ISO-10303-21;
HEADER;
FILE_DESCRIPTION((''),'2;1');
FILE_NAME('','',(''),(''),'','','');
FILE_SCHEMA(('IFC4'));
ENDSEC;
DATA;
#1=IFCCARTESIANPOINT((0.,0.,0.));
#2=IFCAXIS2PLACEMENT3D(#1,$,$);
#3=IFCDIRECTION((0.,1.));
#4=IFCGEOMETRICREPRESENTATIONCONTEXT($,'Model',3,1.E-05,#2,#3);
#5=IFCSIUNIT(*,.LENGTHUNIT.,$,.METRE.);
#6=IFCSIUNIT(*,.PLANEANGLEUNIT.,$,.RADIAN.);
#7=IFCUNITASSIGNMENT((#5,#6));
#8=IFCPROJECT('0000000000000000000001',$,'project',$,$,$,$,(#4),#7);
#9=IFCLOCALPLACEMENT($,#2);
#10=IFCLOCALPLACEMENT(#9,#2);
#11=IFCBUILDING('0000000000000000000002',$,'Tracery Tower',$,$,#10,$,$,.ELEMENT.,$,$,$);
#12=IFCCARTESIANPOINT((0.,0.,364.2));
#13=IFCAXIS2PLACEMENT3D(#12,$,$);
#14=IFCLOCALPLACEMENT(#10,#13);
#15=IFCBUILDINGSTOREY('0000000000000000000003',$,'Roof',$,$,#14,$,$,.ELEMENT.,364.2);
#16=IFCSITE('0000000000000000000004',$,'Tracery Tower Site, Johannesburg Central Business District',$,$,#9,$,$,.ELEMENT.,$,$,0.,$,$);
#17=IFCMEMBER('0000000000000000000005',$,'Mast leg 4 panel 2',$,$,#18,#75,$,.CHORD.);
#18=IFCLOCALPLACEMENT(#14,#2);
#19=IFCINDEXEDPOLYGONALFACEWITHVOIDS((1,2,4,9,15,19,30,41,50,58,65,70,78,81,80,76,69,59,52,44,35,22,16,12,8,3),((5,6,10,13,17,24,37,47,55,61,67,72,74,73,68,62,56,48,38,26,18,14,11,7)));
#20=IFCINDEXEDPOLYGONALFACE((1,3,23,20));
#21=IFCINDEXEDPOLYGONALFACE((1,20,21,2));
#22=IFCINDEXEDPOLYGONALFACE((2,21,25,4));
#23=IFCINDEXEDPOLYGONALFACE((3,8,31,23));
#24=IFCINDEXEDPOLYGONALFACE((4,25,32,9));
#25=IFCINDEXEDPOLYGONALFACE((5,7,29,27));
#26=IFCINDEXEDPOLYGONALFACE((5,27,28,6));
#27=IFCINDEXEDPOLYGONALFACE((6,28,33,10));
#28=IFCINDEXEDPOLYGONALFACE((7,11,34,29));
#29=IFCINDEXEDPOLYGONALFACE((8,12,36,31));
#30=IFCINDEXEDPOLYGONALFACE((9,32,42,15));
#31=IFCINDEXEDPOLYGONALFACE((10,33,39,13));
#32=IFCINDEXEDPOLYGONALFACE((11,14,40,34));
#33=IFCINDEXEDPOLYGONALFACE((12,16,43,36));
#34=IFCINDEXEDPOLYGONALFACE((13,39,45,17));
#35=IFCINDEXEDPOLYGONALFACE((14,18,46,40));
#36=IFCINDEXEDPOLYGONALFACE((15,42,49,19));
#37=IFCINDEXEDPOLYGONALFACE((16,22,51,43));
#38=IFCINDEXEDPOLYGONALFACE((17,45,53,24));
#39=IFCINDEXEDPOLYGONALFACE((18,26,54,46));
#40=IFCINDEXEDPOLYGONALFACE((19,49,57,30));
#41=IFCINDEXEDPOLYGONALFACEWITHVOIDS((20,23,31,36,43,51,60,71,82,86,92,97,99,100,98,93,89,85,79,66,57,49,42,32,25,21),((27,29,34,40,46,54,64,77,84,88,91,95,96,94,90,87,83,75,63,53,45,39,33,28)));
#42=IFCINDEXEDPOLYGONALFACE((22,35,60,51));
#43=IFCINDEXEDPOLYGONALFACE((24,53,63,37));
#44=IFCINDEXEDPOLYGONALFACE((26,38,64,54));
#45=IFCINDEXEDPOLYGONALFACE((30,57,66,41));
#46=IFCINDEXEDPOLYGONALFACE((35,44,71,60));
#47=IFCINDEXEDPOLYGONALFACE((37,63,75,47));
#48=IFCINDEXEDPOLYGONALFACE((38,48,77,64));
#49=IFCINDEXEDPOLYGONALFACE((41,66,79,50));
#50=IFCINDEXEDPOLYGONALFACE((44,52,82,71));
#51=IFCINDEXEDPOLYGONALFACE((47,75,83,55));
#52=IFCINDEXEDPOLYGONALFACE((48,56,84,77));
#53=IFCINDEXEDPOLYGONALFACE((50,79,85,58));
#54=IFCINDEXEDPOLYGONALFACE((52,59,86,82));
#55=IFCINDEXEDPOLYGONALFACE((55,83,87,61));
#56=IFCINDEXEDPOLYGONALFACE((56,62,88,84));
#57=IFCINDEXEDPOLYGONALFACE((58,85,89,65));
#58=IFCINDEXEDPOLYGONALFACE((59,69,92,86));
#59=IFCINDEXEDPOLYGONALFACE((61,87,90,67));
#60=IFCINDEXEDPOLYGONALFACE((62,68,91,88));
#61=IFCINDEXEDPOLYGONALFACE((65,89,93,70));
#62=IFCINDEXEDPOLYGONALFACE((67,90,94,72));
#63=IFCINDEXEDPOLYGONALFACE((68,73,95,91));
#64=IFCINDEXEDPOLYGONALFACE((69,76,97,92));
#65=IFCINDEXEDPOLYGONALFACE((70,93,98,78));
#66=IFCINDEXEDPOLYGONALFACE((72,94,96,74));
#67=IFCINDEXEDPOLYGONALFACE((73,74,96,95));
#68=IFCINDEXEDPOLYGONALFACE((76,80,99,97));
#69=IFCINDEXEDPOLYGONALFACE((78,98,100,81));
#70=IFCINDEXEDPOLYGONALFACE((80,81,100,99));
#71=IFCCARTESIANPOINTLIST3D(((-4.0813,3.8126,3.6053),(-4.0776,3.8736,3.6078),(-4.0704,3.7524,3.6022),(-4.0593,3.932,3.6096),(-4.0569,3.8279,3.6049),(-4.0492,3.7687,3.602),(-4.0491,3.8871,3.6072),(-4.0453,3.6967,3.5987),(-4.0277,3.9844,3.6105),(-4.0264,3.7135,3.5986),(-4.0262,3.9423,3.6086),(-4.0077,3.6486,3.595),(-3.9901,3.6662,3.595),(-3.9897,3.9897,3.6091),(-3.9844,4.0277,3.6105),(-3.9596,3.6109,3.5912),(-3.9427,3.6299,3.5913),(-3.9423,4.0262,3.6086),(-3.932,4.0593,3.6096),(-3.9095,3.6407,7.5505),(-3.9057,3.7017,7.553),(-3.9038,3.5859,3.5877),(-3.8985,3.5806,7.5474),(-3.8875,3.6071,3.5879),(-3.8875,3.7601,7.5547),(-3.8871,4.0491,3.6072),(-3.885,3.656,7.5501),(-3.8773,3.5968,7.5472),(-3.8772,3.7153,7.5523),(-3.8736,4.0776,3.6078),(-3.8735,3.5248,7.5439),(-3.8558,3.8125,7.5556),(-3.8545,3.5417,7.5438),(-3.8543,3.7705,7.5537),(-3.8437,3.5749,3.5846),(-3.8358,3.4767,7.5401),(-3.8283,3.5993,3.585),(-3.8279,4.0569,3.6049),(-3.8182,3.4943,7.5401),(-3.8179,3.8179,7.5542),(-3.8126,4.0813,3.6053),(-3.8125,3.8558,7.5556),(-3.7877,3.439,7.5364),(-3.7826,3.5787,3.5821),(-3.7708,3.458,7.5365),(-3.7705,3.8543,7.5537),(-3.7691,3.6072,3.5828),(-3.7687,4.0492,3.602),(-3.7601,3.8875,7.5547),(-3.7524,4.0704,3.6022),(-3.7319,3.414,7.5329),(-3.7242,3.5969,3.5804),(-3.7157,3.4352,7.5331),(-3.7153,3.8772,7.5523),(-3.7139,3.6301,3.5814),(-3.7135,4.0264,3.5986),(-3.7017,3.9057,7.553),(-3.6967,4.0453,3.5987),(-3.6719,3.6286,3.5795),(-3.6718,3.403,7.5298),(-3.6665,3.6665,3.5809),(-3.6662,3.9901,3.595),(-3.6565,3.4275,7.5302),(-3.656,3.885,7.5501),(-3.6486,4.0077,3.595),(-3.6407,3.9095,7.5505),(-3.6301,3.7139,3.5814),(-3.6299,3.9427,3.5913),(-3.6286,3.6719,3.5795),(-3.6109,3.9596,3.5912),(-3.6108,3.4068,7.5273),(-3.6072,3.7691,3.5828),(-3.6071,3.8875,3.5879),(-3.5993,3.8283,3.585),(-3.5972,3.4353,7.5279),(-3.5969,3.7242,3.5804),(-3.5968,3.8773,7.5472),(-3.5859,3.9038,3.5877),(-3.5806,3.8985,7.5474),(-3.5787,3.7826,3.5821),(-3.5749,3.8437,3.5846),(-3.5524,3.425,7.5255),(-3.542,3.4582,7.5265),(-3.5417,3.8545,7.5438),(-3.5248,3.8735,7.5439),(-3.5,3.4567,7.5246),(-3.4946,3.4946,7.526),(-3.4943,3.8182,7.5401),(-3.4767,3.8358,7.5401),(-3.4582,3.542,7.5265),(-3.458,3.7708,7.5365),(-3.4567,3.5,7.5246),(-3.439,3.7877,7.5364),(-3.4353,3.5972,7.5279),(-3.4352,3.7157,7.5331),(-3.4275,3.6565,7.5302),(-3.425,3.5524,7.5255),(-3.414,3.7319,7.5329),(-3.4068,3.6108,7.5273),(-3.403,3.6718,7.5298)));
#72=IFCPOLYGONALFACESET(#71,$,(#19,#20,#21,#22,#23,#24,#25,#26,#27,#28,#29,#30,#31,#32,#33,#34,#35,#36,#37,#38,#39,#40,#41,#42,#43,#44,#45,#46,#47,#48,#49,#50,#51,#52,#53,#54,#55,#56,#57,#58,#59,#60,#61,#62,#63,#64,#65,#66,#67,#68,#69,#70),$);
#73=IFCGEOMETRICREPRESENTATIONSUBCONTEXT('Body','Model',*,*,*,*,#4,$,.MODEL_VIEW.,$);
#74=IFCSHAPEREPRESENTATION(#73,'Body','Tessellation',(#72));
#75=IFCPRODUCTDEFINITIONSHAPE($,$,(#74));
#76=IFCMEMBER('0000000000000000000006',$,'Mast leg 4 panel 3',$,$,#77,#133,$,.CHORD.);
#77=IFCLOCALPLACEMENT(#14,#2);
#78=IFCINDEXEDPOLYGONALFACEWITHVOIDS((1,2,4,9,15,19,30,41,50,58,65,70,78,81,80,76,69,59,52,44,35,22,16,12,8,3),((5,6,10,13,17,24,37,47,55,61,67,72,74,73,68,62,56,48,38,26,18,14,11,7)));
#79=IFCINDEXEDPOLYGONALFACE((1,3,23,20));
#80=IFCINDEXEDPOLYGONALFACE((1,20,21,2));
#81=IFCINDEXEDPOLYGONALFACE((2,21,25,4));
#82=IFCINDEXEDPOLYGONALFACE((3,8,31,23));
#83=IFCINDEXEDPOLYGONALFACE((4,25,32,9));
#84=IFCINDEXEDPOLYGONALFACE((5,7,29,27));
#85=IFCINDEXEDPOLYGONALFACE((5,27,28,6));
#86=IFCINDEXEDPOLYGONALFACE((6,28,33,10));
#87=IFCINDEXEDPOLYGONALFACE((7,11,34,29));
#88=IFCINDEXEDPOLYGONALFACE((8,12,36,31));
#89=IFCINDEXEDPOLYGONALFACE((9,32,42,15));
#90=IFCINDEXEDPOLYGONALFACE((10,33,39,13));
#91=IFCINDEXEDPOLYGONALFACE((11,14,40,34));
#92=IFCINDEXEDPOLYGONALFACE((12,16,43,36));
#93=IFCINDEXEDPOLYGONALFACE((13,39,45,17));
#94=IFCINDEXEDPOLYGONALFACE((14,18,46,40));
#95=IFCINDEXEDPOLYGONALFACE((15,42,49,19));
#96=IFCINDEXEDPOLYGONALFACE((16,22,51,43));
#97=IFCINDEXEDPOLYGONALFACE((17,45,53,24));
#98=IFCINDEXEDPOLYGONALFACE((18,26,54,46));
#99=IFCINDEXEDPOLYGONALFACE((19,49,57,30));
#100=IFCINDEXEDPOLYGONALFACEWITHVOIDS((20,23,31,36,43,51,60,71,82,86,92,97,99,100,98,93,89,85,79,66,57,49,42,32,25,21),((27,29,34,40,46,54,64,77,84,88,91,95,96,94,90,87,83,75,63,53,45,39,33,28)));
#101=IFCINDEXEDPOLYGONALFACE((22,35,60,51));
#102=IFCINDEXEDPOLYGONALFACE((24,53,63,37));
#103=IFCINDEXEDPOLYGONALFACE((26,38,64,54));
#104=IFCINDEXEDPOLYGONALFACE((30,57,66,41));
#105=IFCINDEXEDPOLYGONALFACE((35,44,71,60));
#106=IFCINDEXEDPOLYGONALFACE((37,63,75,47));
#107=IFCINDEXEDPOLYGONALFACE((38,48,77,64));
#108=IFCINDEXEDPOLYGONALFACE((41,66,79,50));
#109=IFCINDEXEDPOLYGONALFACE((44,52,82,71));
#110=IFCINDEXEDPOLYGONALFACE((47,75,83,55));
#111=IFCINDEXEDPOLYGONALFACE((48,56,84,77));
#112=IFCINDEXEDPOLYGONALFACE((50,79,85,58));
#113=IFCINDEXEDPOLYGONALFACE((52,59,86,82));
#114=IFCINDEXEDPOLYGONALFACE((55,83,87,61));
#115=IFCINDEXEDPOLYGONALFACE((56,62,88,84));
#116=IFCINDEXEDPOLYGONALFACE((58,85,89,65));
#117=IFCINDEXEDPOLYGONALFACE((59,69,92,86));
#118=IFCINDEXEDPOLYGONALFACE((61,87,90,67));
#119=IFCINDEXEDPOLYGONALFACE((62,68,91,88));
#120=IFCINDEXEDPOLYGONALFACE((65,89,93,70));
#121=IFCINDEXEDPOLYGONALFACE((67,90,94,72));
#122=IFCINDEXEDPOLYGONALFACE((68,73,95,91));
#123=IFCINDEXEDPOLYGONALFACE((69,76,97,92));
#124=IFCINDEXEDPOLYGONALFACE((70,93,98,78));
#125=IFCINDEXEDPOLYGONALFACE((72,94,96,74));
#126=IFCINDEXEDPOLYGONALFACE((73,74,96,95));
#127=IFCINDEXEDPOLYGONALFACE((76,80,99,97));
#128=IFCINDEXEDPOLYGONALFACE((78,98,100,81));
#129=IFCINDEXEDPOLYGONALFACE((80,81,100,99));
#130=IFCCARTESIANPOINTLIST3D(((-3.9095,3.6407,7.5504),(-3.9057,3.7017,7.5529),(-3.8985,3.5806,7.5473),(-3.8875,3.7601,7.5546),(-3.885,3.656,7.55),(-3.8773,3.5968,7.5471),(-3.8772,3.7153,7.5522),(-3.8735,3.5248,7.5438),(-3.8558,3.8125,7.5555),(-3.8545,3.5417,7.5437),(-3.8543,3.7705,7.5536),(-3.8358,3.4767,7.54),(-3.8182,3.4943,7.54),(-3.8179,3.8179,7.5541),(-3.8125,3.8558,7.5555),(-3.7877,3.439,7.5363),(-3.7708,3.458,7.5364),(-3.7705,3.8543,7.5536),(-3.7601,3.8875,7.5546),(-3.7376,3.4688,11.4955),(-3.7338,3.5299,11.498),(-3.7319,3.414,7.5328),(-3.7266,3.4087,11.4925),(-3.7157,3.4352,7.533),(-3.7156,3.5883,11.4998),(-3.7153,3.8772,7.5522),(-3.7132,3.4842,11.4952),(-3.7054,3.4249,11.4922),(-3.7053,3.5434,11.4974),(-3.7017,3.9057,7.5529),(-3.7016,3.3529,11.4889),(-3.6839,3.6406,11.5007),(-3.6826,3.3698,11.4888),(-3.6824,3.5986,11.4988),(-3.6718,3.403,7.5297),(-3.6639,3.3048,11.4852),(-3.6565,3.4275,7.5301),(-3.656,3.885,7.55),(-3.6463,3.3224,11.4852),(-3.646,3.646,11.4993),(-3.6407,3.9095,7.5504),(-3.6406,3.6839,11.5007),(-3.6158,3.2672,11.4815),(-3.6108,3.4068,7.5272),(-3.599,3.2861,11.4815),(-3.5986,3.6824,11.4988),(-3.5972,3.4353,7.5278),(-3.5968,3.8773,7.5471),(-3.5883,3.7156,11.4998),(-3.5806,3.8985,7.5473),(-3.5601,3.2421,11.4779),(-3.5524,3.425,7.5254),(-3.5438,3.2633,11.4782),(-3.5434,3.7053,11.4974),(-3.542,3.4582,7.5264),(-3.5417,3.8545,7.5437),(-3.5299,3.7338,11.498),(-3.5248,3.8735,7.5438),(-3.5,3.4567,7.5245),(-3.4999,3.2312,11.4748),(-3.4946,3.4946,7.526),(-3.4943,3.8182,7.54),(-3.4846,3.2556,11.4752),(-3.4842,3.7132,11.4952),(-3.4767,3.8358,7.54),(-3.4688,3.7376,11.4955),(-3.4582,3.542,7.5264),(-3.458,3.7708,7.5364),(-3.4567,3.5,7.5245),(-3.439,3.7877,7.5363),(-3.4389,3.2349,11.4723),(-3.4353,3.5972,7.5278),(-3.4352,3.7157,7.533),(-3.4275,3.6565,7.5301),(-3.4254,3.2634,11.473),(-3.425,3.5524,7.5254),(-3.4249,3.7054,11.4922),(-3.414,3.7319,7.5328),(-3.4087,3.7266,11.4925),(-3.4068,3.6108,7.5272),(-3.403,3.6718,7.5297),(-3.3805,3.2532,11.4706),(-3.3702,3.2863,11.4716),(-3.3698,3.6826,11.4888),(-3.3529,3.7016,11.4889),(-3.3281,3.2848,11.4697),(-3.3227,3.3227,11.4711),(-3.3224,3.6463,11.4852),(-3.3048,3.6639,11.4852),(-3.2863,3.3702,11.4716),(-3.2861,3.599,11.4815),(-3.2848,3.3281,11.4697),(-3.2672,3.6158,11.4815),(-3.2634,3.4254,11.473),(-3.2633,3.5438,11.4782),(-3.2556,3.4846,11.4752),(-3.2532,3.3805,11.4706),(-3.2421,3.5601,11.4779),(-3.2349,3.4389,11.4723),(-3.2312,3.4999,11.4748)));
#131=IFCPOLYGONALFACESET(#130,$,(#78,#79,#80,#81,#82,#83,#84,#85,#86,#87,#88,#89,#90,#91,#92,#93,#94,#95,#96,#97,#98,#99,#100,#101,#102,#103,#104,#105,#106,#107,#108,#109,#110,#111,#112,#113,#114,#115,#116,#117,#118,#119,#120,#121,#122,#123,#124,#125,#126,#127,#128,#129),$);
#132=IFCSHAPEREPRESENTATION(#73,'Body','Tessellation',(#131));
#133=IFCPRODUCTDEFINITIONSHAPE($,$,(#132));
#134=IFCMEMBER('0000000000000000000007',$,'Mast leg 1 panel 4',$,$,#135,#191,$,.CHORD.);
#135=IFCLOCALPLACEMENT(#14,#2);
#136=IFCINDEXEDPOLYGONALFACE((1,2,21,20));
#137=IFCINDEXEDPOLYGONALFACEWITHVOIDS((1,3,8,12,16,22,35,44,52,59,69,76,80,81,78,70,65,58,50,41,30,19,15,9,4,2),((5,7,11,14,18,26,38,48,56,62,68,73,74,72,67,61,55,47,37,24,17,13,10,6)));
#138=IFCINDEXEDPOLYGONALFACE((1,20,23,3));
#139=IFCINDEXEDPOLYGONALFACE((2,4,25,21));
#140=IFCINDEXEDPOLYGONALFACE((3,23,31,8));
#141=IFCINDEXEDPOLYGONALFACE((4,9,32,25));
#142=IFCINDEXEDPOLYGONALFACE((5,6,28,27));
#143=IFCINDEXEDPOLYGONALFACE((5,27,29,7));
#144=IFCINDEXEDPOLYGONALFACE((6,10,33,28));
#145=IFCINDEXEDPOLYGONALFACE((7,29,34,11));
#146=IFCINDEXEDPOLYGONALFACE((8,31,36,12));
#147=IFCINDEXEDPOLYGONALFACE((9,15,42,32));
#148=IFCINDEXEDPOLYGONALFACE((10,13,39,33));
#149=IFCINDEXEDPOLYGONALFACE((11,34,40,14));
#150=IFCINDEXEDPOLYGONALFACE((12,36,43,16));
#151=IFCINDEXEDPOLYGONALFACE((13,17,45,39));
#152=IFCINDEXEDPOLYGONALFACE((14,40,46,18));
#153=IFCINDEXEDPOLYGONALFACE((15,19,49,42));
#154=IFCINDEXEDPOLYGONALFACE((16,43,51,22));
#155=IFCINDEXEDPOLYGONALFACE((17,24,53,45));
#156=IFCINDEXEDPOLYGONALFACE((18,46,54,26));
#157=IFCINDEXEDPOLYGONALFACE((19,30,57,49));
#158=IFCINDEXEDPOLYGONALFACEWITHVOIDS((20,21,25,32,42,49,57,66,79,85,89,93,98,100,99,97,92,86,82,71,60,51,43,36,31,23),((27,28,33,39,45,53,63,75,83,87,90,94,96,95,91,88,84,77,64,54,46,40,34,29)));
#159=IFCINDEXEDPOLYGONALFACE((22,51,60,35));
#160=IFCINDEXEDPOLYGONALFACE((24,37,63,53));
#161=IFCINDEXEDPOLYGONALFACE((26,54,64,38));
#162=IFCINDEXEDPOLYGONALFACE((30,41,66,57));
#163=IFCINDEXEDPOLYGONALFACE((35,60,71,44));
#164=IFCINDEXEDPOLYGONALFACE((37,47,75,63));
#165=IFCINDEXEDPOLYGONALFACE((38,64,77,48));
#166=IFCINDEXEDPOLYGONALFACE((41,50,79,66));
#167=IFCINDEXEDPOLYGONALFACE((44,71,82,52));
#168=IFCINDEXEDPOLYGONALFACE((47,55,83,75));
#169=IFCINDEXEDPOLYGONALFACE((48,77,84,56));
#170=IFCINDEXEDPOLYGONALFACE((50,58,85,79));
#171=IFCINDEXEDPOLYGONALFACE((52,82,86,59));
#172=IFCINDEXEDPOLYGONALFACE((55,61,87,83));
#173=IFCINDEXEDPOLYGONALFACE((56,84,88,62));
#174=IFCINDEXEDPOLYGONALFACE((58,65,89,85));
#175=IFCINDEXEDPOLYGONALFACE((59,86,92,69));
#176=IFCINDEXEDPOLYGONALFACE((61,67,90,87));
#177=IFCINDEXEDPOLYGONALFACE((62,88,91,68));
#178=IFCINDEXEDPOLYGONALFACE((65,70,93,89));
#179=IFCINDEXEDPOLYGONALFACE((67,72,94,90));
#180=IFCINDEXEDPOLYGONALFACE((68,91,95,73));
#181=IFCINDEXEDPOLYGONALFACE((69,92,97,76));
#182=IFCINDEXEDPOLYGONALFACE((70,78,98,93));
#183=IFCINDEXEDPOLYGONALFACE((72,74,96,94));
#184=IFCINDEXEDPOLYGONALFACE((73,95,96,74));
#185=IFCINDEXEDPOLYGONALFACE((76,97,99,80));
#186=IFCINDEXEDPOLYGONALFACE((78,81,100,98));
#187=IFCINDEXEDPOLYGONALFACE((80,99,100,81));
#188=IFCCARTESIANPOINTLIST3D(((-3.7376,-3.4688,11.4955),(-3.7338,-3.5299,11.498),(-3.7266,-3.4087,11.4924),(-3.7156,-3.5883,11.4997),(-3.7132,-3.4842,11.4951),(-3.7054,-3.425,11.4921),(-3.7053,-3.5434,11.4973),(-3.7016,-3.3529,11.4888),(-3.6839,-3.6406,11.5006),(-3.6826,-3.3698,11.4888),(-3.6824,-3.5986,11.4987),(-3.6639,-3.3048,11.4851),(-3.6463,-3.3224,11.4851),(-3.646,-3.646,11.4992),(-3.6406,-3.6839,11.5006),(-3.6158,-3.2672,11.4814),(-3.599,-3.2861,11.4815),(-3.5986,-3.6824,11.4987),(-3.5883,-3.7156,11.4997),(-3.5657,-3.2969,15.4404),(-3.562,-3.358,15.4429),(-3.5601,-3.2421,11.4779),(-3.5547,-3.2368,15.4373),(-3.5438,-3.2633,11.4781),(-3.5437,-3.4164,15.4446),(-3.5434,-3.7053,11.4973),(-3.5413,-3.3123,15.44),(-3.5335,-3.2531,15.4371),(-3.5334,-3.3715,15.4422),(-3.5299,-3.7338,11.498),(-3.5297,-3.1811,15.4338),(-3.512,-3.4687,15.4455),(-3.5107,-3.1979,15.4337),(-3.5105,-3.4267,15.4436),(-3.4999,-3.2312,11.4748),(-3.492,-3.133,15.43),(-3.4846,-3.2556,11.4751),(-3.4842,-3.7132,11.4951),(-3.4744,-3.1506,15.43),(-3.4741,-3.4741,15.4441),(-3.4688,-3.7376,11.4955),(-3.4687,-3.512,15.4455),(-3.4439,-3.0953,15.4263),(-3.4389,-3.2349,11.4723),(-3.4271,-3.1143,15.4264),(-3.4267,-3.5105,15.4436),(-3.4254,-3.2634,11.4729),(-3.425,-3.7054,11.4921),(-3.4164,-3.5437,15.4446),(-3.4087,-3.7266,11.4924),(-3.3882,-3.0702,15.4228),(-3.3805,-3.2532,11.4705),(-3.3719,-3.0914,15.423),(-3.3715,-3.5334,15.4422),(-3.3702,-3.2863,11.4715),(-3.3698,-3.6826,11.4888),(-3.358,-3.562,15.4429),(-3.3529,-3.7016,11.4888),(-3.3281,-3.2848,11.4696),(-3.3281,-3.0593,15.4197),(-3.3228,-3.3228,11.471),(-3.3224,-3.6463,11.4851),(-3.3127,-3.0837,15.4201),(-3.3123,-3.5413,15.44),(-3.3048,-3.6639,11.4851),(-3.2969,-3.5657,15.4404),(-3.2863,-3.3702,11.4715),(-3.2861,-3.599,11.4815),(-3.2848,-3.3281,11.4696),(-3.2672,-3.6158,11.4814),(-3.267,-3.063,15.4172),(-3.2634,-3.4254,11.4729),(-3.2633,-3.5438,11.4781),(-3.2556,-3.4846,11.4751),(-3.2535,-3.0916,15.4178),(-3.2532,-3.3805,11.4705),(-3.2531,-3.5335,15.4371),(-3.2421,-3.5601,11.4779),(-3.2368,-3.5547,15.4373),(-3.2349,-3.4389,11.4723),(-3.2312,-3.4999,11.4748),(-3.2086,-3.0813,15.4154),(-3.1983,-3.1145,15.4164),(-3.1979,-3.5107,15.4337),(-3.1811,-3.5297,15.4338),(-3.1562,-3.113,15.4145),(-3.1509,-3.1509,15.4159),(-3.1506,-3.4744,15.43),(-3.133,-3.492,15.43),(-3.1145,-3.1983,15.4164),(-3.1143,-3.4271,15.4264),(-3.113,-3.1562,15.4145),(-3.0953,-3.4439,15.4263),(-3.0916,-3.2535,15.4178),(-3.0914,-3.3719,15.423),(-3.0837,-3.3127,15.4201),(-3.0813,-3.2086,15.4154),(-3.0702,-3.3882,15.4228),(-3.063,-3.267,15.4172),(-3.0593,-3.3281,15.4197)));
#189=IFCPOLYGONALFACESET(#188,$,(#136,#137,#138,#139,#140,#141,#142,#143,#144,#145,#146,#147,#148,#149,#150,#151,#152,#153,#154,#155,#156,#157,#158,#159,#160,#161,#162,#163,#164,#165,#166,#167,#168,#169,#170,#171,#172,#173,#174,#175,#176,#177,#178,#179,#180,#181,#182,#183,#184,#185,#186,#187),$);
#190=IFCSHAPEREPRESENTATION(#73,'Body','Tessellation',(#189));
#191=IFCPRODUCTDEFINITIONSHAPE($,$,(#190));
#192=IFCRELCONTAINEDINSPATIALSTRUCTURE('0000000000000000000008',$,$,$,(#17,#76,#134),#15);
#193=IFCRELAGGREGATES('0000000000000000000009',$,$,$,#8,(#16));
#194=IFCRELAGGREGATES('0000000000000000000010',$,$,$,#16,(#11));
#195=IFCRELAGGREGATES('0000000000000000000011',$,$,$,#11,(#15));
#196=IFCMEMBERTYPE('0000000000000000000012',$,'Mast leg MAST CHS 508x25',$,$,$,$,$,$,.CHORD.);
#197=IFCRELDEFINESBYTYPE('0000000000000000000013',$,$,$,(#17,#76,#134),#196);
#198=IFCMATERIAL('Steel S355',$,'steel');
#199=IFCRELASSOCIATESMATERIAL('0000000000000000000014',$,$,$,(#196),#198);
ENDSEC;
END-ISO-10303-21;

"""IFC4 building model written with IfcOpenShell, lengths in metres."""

from ifc_helpers import new_model, si_unit, direction, frame, origin, origin_2d, place, context, subcontext, project, spatial, hollow_circle, extrude, material, material_profile, profile_set, type_object, element, save


model = new_model("IFC4")

# Units and contexts
model_context = context("Model", 3, precision=1e-05, world=origin(), true_north=direction((0.0, 1.0)))
body_context = subcontext(model_context, "Body", "Model", "MODEL_VIEW")
ifc_project = project(units=[si_unit("LENGTHUNIT", "METRE"), si_unit("PLANEANGLEUNIT", "RADIAN")], contexts=[model_context])

# Site, building, storey
site_placement = place(None, origin())
site = spatial("IfcSite", under=ifc_project, at=site_placement, Name="Tracery Tower Site, Johannesburg Central Business District", CompositionType="ELEMENT", RefElevation=0.0)
building_placement = place(site_placement, origin())
building = spatial("IfcBuilding", under=site, at=building_placement, Name="Tracery Tower", CompositionType="ELEMENT")
storey_placement = place(building_placement, frame((0.0, 0.0, 364.2)))
storey = spatial("IfcBuildingStorey", under=building, at=storey_placement, Name="Roof", CompositionType="ELEMENT", Elevation=364.2)

# Members
ifc_material_1 = material(Name="Steel S355", Category="steel")
ifc_material_profile_1 = material_profile(ifc_material_1, hollow_circle(Radius=0.2539, WallThickness=0.0249, at=origin_2d()), Name="CHS 508x25")
ifc_profile_set_1 = profile_set([ifc_material_profile_1], Name="Steel S355")
member_type_1 = type_object("IfcMemberType", Name="Mast leg MAST CHS 508x25", PredefinedType="CHORD", material=ifc_profile_set_1)
for number, where, z_axis, x_axis, name in (
    (1, (-3.8281, 3.8281, 3.595), (0.043485, -0.043485, 0.998107), (0.707107, 0.707107, 0.0), "Mast leg 4 panel 2"),
    (2, (-3.6562, 3.6562, 7.54), (0.043485, -0.043485, 0.998107), (0.707107, 0.707107, 0.0), "Mast leg 4 panel 3"),
):
    element("IfcMember", number, at=place(storey_placement, frame(where, z_axis=z_axis, x_axis=x_axis)), inside=storey, type_object=member_type_1, Name=name, PredefinedType="CHORD", context=body_context, shape_type="SweptSolid", body=[
        extrude(hollow_circle(Radius=0.2539, WallThickness=0.0249, at=origin_2d()), origin(), (0.0, 0.0, 1.0), 3.9526),
    ])
member_1_placement = place(storey_placement, frame((-3.4844, -3.4844, 11.4851), z_axis=(0.043487, 0.043487, 0.998107), x_axis=(-0.707107, 0.707107, 0.0)))
element("IfcMember", 3, at=member_1_placement, inside=storey, type_object=member_type_1, Name="Mast leg 1 panel 4", PredefinedType="CHORD", context=body_context, shape_type="SweptSolid", body=[
    extrude(hollow_circle(Radius=0.2539, WallThickness=0.0249, at=origin_2d()), origin(), (0.0, 0.0, 1.0), 3.9524),
])

save(model, "model.ifc")
